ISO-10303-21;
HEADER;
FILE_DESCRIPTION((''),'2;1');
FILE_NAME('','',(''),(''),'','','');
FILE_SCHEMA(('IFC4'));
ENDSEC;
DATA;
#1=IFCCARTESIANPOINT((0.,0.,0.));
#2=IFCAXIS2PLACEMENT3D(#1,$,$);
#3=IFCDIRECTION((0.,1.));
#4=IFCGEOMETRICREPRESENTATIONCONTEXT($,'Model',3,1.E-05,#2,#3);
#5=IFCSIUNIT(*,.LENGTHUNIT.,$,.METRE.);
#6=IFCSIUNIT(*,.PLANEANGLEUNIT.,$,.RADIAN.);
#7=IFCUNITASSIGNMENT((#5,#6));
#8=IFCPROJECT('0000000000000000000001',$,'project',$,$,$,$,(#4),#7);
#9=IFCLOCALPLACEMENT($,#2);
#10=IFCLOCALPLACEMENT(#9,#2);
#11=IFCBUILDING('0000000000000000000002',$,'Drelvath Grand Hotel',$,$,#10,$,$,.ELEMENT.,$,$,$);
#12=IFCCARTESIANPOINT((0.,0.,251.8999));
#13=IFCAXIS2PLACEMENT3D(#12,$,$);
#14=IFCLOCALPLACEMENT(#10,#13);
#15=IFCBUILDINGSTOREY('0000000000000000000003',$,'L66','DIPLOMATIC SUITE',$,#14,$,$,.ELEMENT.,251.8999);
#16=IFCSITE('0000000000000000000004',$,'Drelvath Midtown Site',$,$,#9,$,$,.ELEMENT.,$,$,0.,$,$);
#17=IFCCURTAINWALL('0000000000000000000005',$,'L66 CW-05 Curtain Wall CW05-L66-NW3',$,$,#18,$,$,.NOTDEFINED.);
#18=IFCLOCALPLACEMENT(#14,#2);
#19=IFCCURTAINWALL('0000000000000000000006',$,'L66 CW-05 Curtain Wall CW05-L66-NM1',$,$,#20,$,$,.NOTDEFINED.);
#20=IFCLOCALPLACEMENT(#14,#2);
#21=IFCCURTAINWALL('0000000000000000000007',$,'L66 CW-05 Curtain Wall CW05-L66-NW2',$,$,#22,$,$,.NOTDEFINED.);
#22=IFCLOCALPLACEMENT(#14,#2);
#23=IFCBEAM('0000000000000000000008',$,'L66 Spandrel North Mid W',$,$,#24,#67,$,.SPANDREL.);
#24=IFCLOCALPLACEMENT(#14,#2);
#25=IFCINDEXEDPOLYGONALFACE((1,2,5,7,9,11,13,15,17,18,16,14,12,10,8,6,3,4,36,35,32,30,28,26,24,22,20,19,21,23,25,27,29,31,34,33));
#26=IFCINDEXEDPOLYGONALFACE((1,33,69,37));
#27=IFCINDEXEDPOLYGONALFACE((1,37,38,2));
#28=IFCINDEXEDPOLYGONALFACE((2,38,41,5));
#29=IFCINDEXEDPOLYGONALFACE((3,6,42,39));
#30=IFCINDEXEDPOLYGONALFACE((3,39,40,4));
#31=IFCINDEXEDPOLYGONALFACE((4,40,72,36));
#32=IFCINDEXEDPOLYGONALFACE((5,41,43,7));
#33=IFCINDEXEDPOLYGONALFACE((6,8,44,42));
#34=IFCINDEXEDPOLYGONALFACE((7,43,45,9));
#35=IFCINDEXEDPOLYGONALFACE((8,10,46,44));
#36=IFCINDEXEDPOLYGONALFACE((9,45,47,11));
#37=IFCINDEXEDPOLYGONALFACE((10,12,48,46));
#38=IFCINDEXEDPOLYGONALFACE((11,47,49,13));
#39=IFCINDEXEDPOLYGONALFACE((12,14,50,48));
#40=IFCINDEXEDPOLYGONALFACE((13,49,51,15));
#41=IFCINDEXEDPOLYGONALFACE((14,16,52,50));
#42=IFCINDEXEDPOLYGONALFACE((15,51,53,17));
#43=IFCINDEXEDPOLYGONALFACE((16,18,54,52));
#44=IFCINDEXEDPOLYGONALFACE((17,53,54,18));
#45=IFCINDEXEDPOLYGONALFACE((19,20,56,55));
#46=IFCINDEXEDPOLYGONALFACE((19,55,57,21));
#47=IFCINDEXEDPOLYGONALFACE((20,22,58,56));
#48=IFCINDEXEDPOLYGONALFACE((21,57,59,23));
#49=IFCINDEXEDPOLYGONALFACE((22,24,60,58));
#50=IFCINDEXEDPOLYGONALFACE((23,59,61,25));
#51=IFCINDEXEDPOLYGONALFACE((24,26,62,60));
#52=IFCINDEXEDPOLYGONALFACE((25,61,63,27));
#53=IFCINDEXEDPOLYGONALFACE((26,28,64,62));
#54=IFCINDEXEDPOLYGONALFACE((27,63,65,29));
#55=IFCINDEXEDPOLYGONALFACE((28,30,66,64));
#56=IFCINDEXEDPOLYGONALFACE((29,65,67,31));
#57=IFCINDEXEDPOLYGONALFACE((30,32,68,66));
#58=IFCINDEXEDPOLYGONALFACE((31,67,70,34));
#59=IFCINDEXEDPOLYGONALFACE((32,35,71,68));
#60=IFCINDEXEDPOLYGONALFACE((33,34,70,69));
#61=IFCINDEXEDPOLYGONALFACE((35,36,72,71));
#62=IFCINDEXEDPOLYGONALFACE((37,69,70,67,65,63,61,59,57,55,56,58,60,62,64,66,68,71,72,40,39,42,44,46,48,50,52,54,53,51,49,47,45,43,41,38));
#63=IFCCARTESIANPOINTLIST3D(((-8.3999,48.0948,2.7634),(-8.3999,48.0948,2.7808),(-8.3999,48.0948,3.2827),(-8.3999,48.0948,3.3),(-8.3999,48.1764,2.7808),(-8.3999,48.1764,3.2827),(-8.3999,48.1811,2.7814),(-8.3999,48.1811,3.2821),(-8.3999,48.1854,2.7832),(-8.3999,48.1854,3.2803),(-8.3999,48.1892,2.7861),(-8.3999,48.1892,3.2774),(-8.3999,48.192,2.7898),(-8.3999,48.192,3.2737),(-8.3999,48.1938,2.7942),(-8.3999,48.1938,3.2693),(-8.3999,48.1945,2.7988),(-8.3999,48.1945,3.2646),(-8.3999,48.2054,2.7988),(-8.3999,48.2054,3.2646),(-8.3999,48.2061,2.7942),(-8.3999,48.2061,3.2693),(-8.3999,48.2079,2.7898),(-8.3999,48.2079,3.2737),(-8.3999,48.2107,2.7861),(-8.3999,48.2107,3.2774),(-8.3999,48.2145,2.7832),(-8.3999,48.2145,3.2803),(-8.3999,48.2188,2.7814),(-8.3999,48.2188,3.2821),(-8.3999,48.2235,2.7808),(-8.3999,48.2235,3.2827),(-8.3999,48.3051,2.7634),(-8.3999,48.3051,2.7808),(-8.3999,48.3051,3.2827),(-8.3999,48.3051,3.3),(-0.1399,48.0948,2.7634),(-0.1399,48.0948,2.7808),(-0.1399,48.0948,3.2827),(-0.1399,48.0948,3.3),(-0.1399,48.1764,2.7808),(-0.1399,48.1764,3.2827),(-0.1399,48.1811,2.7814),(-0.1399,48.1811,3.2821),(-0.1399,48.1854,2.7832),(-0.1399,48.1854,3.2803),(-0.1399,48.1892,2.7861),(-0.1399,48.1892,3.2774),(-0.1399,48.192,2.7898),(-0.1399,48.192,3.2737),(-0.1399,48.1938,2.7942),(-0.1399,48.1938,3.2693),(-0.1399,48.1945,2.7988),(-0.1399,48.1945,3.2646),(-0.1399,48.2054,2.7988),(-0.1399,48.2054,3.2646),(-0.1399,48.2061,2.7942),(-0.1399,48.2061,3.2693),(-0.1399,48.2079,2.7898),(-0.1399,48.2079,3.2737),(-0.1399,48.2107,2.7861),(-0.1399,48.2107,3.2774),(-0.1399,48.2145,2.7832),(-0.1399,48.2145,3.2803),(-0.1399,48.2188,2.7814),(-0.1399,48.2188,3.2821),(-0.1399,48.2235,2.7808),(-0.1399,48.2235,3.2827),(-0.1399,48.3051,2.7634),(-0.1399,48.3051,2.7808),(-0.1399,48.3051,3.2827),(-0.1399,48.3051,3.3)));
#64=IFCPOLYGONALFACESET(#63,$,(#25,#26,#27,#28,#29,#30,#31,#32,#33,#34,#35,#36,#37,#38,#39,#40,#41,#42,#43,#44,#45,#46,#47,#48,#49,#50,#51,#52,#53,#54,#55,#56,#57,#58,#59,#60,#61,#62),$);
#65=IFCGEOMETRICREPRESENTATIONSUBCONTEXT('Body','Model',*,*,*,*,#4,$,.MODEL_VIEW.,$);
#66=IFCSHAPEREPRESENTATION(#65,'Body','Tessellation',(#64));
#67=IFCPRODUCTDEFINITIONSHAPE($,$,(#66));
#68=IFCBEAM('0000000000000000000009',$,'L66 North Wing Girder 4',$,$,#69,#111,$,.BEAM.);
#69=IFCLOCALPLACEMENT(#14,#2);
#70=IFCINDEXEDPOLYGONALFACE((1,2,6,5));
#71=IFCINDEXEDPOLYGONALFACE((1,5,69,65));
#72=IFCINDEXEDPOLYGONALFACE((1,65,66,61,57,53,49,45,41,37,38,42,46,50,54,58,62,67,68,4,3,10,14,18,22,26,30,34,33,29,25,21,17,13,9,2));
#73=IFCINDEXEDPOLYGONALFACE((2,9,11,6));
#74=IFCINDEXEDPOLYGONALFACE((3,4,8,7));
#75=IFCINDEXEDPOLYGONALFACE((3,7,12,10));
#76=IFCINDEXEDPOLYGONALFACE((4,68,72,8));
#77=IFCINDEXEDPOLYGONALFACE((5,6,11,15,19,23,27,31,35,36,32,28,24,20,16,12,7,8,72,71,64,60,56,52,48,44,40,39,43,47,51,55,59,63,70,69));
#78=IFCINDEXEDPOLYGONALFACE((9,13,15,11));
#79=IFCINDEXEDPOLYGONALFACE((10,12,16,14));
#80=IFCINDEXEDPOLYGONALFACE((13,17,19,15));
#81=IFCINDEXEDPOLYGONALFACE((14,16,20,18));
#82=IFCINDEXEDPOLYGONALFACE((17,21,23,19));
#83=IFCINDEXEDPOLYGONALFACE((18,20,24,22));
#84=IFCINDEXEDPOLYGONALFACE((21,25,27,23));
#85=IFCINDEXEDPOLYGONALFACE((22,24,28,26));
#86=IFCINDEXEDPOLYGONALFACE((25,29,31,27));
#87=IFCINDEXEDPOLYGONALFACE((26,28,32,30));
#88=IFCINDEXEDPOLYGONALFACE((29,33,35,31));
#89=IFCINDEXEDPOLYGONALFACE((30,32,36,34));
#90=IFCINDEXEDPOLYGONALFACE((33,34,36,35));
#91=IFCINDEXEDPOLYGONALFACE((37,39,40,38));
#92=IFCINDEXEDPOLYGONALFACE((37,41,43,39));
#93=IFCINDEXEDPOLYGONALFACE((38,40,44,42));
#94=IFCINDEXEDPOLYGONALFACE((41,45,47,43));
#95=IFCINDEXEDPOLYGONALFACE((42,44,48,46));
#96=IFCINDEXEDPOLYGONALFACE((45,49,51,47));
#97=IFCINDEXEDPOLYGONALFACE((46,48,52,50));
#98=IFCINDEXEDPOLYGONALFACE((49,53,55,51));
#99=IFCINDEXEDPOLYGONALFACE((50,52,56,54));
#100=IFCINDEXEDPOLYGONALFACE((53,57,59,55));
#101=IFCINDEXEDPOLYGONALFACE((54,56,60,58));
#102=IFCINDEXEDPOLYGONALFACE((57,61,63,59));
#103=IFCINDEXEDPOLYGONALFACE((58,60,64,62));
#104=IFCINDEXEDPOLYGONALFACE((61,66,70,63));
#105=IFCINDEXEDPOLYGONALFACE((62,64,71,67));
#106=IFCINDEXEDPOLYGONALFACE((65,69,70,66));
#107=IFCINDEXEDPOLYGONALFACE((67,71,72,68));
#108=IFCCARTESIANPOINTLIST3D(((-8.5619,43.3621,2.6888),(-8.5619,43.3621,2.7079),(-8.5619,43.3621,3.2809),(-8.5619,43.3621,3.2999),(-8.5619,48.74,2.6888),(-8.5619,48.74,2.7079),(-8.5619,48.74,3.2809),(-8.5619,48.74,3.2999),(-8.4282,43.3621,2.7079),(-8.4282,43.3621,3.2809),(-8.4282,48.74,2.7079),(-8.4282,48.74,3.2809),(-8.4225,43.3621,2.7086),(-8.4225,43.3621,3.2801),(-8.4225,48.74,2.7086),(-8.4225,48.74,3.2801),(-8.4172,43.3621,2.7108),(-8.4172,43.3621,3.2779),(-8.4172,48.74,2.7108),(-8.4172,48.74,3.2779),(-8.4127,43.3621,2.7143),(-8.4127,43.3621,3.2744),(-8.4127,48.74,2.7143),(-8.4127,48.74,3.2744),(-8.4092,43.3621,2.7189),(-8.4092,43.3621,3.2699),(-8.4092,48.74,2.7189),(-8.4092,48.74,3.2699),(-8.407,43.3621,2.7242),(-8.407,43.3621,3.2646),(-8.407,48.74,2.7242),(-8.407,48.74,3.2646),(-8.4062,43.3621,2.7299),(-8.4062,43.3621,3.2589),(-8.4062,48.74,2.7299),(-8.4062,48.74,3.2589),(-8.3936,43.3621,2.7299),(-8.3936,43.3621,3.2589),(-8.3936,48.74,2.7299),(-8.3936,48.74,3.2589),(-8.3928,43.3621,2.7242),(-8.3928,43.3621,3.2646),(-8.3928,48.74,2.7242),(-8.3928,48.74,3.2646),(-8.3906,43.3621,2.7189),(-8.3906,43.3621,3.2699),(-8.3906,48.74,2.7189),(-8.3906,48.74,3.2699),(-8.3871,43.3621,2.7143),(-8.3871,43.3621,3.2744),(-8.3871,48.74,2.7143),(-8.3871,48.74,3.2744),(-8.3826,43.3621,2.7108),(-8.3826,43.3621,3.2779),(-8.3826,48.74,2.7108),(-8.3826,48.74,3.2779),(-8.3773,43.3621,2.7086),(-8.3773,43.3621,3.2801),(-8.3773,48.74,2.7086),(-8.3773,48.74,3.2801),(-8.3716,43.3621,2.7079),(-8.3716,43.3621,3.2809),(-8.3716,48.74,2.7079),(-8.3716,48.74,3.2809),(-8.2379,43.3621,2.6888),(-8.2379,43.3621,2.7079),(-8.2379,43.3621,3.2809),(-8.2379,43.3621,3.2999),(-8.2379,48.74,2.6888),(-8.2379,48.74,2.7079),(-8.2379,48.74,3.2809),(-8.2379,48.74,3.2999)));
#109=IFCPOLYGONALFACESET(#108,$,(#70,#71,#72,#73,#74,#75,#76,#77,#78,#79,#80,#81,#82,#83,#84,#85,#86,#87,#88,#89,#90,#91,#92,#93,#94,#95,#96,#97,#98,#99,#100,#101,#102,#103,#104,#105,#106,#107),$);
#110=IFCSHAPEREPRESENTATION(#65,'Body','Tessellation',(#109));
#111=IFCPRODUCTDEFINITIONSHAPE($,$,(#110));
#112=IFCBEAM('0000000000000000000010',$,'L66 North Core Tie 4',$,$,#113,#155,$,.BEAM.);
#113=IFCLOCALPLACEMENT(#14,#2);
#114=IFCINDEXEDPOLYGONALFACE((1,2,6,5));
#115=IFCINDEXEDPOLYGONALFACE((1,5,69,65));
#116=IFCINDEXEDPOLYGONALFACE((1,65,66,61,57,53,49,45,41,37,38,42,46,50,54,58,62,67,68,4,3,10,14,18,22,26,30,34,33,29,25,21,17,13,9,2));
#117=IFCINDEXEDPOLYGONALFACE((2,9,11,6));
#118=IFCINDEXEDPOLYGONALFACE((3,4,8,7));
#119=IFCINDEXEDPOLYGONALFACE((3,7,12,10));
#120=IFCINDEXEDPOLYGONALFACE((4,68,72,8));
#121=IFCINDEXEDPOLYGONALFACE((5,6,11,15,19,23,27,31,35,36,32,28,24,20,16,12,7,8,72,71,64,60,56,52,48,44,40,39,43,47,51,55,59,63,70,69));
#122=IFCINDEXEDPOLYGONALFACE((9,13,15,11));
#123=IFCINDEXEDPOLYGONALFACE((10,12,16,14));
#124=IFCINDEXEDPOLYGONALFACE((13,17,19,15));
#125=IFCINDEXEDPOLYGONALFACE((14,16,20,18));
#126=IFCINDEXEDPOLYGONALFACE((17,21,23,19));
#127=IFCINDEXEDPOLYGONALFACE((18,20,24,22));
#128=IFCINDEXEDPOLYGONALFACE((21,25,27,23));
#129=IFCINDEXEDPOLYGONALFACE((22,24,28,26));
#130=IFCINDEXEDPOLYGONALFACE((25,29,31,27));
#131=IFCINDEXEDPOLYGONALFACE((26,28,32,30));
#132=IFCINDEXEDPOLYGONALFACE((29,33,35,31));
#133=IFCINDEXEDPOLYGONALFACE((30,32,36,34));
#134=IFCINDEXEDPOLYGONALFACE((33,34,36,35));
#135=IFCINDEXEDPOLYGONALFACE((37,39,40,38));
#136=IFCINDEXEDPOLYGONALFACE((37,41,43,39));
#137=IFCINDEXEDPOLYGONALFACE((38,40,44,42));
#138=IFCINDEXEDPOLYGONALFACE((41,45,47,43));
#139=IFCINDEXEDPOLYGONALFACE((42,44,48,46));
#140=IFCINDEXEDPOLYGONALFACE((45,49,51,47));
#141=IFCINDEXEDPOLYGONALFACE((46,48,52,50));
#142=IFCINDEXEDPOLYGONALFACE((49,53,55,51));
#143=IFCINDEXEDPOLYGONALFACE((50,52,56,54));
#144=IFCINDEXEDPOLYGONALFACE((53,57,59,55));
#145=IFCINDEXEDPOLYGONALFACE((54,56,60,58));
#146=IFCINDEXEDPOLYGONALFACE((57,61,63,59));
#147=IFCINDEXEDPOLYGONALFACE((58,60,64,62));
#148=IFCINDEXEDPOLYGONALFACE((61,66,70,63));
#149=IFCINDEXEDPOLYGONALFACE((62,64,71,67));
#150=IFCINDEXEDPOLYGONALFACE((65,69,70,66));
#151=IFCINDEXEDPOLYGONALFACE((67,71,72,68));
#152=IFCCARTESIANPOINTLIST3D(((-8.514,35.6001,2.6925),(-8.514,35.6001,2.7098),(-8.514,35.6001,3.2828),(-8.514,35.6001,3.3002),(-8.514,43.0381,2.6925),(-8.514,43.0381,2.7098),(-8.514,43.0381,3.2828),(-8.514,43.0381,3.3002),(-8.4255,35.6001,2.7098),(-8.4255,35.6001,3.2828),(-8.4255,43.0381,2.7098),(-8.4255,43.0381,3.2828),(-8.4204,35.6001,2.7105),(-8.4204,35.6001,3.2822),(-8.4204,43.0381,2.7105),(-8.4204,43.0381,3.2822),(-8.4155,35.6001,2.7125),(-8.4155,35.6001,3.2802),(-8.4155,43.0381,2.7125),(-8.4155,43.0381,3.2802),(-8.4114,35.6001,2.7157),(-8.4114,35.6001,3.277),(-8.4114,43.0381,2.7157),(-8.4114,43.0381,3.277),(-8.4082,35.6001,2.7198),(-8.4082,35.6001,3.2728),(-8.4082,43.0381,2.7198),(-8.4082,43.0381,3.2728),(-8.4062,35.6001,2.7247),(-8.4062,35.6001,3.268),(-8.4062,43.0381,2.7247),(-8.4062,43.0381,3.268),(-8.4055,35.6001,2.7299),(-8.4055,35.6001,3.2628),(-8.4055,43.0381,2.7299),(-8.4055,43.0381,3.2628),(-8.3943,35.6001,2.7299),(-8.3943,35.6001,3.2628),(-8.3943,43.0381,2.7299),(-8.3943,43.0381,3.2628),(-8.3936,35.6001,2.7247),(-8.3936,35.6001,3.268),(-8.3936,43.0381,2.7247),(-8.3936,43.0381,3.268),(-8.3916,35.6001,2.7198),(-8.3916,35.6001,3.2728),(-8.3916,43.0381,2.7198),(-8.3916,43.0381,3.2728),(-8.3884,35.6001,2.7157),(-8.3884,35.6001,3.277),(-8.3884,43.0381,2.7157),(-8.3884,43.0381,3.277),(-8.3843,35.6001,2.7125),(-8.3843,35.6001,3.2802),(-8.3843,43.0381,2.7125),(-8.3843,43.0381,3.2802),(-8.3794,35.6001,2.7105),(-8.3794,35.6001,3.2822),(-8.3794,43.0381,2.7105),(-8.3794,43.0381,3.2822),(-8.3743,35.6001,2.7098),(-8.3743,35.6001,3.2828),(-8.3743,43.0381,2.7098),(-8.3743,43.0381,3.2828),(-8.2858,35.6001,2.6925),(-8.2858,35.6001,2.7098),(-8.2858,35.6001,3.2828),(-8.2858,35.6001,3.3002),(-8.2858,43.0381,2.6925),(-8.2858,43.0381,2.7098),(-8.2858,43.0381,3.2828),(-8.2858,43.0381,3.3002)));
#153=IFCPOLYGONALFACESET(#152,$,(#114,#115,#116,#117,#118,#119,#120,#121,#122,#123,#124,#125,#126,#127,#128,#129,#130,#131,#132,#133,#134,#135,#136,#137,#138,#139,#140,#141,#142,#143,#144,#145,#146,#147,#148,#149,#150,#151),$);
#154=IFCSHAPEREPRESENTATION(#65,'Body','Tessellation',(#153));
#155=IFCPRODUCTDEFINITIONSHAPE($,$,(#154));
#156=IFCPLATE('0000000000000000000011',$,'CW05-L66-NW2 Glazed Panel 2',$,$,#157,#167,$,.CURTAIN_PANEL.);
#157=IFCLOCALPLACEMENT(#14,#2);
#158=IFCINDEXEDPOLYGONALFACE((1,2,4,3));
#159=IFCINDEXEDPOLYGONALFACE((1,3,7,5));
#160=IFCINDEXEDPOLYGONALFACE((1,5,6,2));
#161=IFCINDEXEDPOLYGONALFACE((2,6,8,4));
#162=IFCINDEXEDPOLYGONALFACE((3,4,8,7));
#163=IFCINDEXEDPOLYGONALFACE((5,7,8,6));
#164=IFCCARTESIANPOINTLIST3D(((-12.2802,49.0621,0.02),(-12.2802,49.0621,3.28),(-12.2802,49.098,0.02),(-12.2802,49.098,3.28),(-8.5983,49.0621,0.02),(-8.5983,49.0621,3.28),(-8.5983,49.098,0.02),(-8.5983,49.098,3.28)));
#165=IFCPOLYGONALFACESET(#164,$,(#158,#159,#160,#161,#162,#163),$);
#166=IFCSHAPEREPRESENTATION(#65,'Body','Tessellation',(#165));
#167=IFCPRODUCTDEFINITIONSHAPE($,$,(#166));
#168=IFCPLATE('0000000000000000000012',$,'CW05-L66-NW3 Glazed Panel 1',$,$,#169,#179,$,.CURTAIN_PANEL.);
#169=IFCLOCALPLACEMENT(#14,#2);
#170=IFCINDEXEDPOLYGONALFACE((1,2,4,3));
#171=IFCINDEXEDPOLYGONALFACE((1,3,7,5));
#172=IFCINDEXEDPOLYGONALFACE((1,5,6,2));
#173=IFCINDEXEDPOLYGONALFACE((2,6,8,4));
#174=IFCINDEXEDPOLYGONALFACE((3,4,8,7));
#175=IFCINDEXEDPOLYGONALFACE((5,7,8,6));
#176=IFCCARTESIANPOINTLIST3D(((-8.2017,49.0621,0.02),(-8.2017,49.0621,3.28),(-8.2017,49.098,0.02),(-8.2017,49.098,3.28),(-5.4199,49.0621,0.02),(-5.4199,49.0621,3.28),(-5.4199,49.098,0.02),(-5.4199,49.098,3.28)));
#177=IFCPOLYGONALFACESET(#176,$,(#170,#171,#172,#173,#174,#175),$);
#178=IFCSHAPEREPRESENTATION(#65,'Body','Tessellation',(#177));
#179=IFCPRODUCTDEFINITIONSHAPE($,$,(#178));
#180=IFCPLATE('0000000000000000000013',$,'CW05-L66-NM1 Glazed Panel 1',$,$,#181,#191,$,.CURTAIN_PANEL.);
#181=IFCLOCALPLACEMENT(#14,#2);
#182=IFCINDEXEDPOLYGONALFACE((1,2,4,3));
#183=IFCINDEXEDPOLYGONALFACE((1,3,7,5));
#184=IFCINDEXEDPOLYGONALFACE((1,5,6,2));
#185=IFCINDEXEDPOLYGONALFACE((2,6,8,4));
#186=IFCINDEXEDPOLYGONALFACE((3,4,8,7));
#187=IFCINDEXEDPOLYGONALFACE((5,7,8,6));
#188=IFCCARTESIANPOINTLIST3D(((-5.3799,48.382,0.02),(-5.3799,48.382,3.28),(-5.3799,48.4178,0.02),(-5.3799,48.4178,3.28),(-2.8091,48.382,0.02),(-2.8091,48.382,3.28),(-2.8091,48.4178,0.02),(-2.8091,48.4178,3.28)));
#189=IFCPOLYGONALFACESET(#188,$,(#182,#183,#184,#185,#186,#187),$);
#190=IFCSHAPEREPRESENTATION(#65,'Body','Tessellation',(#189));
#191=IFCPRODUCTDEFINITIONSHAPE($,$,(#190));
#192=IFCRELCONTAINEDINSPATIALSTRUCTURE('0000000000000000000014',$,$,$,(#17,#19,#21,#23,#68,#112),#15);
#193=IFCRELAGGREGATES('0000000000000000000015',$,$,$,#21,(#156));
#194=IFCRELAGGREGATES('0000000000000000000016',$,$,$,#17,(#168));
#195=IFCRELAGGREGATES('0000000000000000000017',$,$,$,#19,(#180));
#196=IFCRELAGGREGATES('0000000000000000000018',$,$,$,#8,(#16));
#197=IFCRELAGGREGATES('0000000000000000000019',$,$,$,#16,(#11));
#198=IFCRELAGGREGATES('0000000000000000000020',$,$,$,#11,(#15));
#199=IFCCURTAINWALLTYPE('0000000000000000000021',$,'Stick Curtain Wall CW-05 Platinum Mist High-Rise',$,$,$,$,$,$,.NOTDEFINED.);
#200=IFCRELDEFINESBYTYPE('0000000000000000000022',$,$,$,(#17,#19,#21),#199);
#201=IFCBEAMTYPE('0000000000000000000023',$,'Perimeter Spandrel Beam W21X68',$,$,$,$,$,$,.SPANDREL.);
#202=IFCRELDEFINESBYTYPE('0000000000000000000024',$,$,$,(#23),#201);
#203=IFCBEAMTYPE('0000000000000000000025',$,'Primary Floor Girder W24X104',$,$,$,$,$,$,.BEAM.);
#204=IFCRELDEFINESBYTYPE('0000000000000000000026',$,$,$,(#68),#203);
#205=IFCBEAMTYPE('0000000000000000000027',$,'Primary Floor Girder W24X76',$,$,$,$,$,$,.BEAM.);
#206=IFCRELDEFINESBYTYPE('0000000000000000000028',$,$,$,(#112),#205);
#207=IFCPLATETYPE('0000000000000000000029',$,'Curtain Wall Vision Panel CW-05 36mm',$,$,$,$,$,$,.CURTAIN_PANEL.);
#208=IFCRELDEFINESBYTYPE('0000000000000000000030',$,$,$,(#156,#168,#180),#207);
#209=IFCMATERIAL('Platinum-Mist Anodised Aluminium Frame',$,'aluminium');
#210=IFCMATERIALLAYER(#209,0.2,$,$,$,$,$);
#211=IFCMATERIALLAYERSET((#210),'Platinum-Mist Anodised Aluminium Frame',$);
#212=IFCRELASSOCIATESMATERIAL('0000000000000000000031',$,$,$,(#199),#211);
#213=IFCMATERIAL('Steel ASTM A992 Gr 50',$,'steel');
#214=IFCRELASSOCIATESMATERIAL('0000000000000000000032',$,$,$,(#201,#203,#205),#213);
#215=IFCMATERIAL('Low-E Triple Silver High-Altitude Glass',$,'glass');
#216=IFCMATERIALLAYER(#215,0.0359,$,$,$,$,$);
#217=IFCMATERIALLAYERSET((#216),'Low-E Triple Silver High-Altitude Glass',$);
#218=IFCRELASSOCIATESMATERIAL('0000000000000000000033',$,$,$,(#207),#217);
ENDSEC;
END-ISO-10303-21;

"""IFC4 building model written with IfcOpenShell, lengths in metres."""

from ifc_helpers import new_model, si_unit, direction, frame, origin, origin_2d, place, context, subcontext, project, spatial, rectangle, i_section, extrude, material, layer, layer_set, material_profile, profile_set, type_object, element, aggregate, save


model = new_model("IFC4")

# Units and contexts
model_context = context("Model", 3, precision=1e-05, world=origin(), true_north=direction((0.0, 1.0)))
body_context = subcontext(model_context, "Body", "Model", "MODEL_VIEW")
ifc_project = project(units=[si_unit("LENGTHUNIT", "METRE"), si_unit("PLANEANGLEUNIT", "RADIAN")], contexts=[model_context])

# Site, building, storey
site_placement = place(None, origin())
site = spatial("IfcSite", under=ifc_project, at=site_placement, Name="Drelvath Midtown Site", CompositionType="ELEMENT", RefElevation=0.0)
building_placement = place(site_placement, origin())
building = spatial("IfcBuilding", under=site, at=building_placement, Name="Drelvath Grand Hotel", CompositionType="ELEMENT")
storey_placement = place(building_placement, frame((0.0, 0.0, 251.8999)))
storey = spatial("IfcBuildingStorey", under=building, at=storey_placement, Name="L66", Description="DIPLOMATIC SUITE", CompositionType="ELEMENT", Elevation=251.8999)

# Curtain walls
ifc_material_1 = material(Name="Platinum-Mist Anodised Aluminium Frame", Category="aluminium")
ifc_layer_1 = layer(ifc_material_1, 0.2)
ifc_layer_set_1 = layer_set([ifc_layer_1], Name="Platinum-Mist Anodised Aluminium Frame")
curtain_wall_type = type_object("IfcCurtainWallType", Name="Stick Curtain Wall CW-05 Platinum Mist High-Rise", PredefinedType="NOTDEFINED", material=ifc_layer_set_1)
curtain_wall_1_placement = place(storey_placement, origin())
curtain_wall_1 = element("IfcCurtainWall", 1, at=curtain_wall_1_placement, inside=storey, type_object=curtain_wall_type, Name="L66 CW-05 Curtain Wall CW05-L66-NW3", PredefinedType="NOTDEFINED")
curtain_wall_2_placement = place(storey_placement, origin())
curtain_wall_2 = element("IfcCurtainWall", 2, at=curtain_wall_2_placement, inside=storey, type_object=curtain_wall_type, Name="L66 CW-05 Curtain Wall CW05-L66-NM1", PredefinedType="NOTDEFINED")

# Curtain wall
curtain_wall_3_placement = place(storey_placement, origin())
curtain_wall_3 = element("IfcCurtainWall", 3, at=curtain_wall_3_placement, inside=storey, type_object=curtain_wall_type, Name="L66 CW-05 Curtain Wall CW05-L66-NW2", PredefinedType="NOTDEFINED")

# Beams
ifc_material_2 = material(Name="Steel ASTM A992 Gr 50", Category="steel")
ifc_material_profile_1 = material_profile(ifc_material_2, i_section(OverallWidth=0.2102, OverallDepth=0.5366, WebThickness=0.011, FlangeThickness=0.0173, FilletRadius=0.0181, at=origin_2d()), Name="W21X68")
ifc_profile_set_1 = profile_set([ifc_material_profile_1], Name="Steel ASTM A992 Gr 50")
beam_type_1 = type_object("IfcBeamType", Name="Perimeter Spandrel Beam W21X68", PredefinedType="SPANDREL", material=ifc_profile_set_1)
beam_1_placement = place(storey_placement, frame((-8.3999, 48.2, 3.0317), z_axis=(1.0, 0.0, 0.0), x_axis=(0.0, 1.0, 0.0)))
element("IfcBeam", 4, at=beam_1_placement, inside=storey, type_object=beam_type_1, Name="L66 Spandrel North Mid W", PredefinedType="SPANDREL", context=body_context, shape_type="SweptSolid", body=[
    extrude(i_section(OverallWidth=0.2102, OverallDepth=0.5366, WebThickness=0.011, FlangeThickness=0.0173, FilletRadius=0.0181, at=origin_2d()), origin(), (0.0, 0.0, 1.0), 8.26),
])
ifc_material_profile_2 = material_profile(ifc_material_2, i_section(OverallWidth=0.324, OverallDepth=0.6111, WebThickness=0.0127, FlangeThickness=0.019, FilletRadius=0.022, at=origin_2d()), Name="W24X104")
ifc_profile_set_2 = profile_set([ifc_material_profile_2], Name="Steel ASTM A992 Gr 50")
beam_type_2 = type_object("IfcBeamType", Name="Primary Floor Girder W24X104", PredefinedType="BEAM", material=ifc_profile_set_2)
beam_2_placement = place(storey_placement, frame((-8.3999, 43.3621, 2.9944), z_axis=(0.0, 1.0, 0.0), x_axis=(-1.0, 0.0, 0.0)))
element("IfcBeam", 5, at=beam_2_placement, inside=storey, type_object=beam_type_2, Name="L66 North Wing Girder 4", PredefinedType="BEAM", context=body_context, shape_type="SweptSolid", body=[
    extrude(i_section(OverallWidth=0.324, OverallDepth=0.6111, WebThickness=0.0127, FlangeThickness=0.019, FilletRadius=0.022, at=origin_2d()), origin(), (0.0, 0.0, 1.0), 5.3779),
])
ifc_material_profile_3 = material_profile(ifc_material_2, i_section(OverallWidth=0.2283, OverallDepth=0.6077, WebThickness=0.0112, FlangeThickness=0.0173, FilletRadius=0.02, at=origin_2d()), Name="W24X76")
ifc_profile_set_3 = profile_set([ifc_material_profile_3], Name="Steel ASTM A992 Gr 50")
beam_type_3 = type_object("IfcBeamType", Name="Primary Floor Girder W24X76", PredefinedType="BEAM", material=ifc_profile_set_3)
beam_3_placement = place(storey_placement, frame((-8.3999, 35.6001, 2.9963), z_axis=(0.0, 1.0, 0.0), x_axis=(-1.0, 0.0, 0.0)))
element("IfcBeam", 6, at=beam_3_placement, inside=storey, type_object=beam_type_3, Name="L66 North Core Tie 4", PredefinedType="BEAM", context=body_context, shape_type="SweptSolid", body=[
    extrude(i_section(OverallWidth=0.2283, OverallDepth=0.6077, WebThickness=0.0112, FlangeThickness=0.0173, FilletRadius=0.02, at=origin_2d()), origin(), (0.0, 0.0, 1.0), 7.438),
])

# Plates
ifc_material_3 = material(Name="Low-E Triple Silver High-Altitude Glass", Category="glass")
ifc_layer_2 = layer(ifc_material_3, 0.0359)
ifc_layer_set_2 = layer_set([ifc_layer_2], Name="Low-E Triple Silver High-Altitude Glass")
plate_type = type_object("IfcPlateType", Name="Curtain Wall Vision Panel CW-05 36mm", PredefinedType="CURTAIN_PANEL", material=ifc_layer_set_2)
plate_1_placement = place(storey_placement, frame((-10.4392, 49.0801, 0.02), z_axis=(0.0, 0.0, 1.0), x_axis=(1.0, 0.0, 0.0)))
plate_1 = element("IfcPlate", 7, at=plate_1_placement, type_object=plate_type, Name="CW05-L66-NW2 Glazed Panel 2", PredefinedType="CURTAIN_PANEL", context=body_context, shape_type="SweptSolid", body=[
    extrude(rectangle(XDim=3.6819, YDim=0.0359, at=origin_2d()), origin(), (0.0, 0.0, 1.0), 3.26),
])
aggregate(curtain_wall_3, [plate_1])
plate_2_placement = place(storey_placement, frame((-6.8108, 49.0801, 0.02), z_axis=(0.0, 0.0, 1.0), x_axis=(1.0, 0.0, 0.0)))
plate_2 = element("IfcPlate", 8, at=plate_2_placement, type_object=plate_type, Name="CW05-L66-NW3 Glazed Panel 1", PredefinedType="CURTAIN_PANEL", context=body_context, shape_type="SweptSolid", body=[
    extrude(rectangle(XDim=2.7817, YDim=0.0359, at=origin_2d()), origin(), (0.0, 0.0, 1.0), 3.26),
])
aggregate(curtain_wall_1, [plate_2])
plate_3_placement = place(storey_placement, frame((-4.0945, 48.3999, 0.02), z_axis=(0.0, 0.0, 1.0), x_axis=(1.0, 0.0, 0.0)))
plate_3 = element("IfcPlate", 9, at=plate_3_placement, type_object=plate_type, Name="CW05-L66-NM1 Glazed Panel 1", PredefinedType="CURTAIN_PANEL", context=body_context, shape_type="SweptSolid", body=[
    extrude(rectangle(XDim=2.5708, YDim=0.0359, at=origin_2d()), origin(), (0.0, 0.0, 1.0), 3.26),
])
aggregate(curtain_wall_2, [plate_3])

save(model, "model.ifc")
